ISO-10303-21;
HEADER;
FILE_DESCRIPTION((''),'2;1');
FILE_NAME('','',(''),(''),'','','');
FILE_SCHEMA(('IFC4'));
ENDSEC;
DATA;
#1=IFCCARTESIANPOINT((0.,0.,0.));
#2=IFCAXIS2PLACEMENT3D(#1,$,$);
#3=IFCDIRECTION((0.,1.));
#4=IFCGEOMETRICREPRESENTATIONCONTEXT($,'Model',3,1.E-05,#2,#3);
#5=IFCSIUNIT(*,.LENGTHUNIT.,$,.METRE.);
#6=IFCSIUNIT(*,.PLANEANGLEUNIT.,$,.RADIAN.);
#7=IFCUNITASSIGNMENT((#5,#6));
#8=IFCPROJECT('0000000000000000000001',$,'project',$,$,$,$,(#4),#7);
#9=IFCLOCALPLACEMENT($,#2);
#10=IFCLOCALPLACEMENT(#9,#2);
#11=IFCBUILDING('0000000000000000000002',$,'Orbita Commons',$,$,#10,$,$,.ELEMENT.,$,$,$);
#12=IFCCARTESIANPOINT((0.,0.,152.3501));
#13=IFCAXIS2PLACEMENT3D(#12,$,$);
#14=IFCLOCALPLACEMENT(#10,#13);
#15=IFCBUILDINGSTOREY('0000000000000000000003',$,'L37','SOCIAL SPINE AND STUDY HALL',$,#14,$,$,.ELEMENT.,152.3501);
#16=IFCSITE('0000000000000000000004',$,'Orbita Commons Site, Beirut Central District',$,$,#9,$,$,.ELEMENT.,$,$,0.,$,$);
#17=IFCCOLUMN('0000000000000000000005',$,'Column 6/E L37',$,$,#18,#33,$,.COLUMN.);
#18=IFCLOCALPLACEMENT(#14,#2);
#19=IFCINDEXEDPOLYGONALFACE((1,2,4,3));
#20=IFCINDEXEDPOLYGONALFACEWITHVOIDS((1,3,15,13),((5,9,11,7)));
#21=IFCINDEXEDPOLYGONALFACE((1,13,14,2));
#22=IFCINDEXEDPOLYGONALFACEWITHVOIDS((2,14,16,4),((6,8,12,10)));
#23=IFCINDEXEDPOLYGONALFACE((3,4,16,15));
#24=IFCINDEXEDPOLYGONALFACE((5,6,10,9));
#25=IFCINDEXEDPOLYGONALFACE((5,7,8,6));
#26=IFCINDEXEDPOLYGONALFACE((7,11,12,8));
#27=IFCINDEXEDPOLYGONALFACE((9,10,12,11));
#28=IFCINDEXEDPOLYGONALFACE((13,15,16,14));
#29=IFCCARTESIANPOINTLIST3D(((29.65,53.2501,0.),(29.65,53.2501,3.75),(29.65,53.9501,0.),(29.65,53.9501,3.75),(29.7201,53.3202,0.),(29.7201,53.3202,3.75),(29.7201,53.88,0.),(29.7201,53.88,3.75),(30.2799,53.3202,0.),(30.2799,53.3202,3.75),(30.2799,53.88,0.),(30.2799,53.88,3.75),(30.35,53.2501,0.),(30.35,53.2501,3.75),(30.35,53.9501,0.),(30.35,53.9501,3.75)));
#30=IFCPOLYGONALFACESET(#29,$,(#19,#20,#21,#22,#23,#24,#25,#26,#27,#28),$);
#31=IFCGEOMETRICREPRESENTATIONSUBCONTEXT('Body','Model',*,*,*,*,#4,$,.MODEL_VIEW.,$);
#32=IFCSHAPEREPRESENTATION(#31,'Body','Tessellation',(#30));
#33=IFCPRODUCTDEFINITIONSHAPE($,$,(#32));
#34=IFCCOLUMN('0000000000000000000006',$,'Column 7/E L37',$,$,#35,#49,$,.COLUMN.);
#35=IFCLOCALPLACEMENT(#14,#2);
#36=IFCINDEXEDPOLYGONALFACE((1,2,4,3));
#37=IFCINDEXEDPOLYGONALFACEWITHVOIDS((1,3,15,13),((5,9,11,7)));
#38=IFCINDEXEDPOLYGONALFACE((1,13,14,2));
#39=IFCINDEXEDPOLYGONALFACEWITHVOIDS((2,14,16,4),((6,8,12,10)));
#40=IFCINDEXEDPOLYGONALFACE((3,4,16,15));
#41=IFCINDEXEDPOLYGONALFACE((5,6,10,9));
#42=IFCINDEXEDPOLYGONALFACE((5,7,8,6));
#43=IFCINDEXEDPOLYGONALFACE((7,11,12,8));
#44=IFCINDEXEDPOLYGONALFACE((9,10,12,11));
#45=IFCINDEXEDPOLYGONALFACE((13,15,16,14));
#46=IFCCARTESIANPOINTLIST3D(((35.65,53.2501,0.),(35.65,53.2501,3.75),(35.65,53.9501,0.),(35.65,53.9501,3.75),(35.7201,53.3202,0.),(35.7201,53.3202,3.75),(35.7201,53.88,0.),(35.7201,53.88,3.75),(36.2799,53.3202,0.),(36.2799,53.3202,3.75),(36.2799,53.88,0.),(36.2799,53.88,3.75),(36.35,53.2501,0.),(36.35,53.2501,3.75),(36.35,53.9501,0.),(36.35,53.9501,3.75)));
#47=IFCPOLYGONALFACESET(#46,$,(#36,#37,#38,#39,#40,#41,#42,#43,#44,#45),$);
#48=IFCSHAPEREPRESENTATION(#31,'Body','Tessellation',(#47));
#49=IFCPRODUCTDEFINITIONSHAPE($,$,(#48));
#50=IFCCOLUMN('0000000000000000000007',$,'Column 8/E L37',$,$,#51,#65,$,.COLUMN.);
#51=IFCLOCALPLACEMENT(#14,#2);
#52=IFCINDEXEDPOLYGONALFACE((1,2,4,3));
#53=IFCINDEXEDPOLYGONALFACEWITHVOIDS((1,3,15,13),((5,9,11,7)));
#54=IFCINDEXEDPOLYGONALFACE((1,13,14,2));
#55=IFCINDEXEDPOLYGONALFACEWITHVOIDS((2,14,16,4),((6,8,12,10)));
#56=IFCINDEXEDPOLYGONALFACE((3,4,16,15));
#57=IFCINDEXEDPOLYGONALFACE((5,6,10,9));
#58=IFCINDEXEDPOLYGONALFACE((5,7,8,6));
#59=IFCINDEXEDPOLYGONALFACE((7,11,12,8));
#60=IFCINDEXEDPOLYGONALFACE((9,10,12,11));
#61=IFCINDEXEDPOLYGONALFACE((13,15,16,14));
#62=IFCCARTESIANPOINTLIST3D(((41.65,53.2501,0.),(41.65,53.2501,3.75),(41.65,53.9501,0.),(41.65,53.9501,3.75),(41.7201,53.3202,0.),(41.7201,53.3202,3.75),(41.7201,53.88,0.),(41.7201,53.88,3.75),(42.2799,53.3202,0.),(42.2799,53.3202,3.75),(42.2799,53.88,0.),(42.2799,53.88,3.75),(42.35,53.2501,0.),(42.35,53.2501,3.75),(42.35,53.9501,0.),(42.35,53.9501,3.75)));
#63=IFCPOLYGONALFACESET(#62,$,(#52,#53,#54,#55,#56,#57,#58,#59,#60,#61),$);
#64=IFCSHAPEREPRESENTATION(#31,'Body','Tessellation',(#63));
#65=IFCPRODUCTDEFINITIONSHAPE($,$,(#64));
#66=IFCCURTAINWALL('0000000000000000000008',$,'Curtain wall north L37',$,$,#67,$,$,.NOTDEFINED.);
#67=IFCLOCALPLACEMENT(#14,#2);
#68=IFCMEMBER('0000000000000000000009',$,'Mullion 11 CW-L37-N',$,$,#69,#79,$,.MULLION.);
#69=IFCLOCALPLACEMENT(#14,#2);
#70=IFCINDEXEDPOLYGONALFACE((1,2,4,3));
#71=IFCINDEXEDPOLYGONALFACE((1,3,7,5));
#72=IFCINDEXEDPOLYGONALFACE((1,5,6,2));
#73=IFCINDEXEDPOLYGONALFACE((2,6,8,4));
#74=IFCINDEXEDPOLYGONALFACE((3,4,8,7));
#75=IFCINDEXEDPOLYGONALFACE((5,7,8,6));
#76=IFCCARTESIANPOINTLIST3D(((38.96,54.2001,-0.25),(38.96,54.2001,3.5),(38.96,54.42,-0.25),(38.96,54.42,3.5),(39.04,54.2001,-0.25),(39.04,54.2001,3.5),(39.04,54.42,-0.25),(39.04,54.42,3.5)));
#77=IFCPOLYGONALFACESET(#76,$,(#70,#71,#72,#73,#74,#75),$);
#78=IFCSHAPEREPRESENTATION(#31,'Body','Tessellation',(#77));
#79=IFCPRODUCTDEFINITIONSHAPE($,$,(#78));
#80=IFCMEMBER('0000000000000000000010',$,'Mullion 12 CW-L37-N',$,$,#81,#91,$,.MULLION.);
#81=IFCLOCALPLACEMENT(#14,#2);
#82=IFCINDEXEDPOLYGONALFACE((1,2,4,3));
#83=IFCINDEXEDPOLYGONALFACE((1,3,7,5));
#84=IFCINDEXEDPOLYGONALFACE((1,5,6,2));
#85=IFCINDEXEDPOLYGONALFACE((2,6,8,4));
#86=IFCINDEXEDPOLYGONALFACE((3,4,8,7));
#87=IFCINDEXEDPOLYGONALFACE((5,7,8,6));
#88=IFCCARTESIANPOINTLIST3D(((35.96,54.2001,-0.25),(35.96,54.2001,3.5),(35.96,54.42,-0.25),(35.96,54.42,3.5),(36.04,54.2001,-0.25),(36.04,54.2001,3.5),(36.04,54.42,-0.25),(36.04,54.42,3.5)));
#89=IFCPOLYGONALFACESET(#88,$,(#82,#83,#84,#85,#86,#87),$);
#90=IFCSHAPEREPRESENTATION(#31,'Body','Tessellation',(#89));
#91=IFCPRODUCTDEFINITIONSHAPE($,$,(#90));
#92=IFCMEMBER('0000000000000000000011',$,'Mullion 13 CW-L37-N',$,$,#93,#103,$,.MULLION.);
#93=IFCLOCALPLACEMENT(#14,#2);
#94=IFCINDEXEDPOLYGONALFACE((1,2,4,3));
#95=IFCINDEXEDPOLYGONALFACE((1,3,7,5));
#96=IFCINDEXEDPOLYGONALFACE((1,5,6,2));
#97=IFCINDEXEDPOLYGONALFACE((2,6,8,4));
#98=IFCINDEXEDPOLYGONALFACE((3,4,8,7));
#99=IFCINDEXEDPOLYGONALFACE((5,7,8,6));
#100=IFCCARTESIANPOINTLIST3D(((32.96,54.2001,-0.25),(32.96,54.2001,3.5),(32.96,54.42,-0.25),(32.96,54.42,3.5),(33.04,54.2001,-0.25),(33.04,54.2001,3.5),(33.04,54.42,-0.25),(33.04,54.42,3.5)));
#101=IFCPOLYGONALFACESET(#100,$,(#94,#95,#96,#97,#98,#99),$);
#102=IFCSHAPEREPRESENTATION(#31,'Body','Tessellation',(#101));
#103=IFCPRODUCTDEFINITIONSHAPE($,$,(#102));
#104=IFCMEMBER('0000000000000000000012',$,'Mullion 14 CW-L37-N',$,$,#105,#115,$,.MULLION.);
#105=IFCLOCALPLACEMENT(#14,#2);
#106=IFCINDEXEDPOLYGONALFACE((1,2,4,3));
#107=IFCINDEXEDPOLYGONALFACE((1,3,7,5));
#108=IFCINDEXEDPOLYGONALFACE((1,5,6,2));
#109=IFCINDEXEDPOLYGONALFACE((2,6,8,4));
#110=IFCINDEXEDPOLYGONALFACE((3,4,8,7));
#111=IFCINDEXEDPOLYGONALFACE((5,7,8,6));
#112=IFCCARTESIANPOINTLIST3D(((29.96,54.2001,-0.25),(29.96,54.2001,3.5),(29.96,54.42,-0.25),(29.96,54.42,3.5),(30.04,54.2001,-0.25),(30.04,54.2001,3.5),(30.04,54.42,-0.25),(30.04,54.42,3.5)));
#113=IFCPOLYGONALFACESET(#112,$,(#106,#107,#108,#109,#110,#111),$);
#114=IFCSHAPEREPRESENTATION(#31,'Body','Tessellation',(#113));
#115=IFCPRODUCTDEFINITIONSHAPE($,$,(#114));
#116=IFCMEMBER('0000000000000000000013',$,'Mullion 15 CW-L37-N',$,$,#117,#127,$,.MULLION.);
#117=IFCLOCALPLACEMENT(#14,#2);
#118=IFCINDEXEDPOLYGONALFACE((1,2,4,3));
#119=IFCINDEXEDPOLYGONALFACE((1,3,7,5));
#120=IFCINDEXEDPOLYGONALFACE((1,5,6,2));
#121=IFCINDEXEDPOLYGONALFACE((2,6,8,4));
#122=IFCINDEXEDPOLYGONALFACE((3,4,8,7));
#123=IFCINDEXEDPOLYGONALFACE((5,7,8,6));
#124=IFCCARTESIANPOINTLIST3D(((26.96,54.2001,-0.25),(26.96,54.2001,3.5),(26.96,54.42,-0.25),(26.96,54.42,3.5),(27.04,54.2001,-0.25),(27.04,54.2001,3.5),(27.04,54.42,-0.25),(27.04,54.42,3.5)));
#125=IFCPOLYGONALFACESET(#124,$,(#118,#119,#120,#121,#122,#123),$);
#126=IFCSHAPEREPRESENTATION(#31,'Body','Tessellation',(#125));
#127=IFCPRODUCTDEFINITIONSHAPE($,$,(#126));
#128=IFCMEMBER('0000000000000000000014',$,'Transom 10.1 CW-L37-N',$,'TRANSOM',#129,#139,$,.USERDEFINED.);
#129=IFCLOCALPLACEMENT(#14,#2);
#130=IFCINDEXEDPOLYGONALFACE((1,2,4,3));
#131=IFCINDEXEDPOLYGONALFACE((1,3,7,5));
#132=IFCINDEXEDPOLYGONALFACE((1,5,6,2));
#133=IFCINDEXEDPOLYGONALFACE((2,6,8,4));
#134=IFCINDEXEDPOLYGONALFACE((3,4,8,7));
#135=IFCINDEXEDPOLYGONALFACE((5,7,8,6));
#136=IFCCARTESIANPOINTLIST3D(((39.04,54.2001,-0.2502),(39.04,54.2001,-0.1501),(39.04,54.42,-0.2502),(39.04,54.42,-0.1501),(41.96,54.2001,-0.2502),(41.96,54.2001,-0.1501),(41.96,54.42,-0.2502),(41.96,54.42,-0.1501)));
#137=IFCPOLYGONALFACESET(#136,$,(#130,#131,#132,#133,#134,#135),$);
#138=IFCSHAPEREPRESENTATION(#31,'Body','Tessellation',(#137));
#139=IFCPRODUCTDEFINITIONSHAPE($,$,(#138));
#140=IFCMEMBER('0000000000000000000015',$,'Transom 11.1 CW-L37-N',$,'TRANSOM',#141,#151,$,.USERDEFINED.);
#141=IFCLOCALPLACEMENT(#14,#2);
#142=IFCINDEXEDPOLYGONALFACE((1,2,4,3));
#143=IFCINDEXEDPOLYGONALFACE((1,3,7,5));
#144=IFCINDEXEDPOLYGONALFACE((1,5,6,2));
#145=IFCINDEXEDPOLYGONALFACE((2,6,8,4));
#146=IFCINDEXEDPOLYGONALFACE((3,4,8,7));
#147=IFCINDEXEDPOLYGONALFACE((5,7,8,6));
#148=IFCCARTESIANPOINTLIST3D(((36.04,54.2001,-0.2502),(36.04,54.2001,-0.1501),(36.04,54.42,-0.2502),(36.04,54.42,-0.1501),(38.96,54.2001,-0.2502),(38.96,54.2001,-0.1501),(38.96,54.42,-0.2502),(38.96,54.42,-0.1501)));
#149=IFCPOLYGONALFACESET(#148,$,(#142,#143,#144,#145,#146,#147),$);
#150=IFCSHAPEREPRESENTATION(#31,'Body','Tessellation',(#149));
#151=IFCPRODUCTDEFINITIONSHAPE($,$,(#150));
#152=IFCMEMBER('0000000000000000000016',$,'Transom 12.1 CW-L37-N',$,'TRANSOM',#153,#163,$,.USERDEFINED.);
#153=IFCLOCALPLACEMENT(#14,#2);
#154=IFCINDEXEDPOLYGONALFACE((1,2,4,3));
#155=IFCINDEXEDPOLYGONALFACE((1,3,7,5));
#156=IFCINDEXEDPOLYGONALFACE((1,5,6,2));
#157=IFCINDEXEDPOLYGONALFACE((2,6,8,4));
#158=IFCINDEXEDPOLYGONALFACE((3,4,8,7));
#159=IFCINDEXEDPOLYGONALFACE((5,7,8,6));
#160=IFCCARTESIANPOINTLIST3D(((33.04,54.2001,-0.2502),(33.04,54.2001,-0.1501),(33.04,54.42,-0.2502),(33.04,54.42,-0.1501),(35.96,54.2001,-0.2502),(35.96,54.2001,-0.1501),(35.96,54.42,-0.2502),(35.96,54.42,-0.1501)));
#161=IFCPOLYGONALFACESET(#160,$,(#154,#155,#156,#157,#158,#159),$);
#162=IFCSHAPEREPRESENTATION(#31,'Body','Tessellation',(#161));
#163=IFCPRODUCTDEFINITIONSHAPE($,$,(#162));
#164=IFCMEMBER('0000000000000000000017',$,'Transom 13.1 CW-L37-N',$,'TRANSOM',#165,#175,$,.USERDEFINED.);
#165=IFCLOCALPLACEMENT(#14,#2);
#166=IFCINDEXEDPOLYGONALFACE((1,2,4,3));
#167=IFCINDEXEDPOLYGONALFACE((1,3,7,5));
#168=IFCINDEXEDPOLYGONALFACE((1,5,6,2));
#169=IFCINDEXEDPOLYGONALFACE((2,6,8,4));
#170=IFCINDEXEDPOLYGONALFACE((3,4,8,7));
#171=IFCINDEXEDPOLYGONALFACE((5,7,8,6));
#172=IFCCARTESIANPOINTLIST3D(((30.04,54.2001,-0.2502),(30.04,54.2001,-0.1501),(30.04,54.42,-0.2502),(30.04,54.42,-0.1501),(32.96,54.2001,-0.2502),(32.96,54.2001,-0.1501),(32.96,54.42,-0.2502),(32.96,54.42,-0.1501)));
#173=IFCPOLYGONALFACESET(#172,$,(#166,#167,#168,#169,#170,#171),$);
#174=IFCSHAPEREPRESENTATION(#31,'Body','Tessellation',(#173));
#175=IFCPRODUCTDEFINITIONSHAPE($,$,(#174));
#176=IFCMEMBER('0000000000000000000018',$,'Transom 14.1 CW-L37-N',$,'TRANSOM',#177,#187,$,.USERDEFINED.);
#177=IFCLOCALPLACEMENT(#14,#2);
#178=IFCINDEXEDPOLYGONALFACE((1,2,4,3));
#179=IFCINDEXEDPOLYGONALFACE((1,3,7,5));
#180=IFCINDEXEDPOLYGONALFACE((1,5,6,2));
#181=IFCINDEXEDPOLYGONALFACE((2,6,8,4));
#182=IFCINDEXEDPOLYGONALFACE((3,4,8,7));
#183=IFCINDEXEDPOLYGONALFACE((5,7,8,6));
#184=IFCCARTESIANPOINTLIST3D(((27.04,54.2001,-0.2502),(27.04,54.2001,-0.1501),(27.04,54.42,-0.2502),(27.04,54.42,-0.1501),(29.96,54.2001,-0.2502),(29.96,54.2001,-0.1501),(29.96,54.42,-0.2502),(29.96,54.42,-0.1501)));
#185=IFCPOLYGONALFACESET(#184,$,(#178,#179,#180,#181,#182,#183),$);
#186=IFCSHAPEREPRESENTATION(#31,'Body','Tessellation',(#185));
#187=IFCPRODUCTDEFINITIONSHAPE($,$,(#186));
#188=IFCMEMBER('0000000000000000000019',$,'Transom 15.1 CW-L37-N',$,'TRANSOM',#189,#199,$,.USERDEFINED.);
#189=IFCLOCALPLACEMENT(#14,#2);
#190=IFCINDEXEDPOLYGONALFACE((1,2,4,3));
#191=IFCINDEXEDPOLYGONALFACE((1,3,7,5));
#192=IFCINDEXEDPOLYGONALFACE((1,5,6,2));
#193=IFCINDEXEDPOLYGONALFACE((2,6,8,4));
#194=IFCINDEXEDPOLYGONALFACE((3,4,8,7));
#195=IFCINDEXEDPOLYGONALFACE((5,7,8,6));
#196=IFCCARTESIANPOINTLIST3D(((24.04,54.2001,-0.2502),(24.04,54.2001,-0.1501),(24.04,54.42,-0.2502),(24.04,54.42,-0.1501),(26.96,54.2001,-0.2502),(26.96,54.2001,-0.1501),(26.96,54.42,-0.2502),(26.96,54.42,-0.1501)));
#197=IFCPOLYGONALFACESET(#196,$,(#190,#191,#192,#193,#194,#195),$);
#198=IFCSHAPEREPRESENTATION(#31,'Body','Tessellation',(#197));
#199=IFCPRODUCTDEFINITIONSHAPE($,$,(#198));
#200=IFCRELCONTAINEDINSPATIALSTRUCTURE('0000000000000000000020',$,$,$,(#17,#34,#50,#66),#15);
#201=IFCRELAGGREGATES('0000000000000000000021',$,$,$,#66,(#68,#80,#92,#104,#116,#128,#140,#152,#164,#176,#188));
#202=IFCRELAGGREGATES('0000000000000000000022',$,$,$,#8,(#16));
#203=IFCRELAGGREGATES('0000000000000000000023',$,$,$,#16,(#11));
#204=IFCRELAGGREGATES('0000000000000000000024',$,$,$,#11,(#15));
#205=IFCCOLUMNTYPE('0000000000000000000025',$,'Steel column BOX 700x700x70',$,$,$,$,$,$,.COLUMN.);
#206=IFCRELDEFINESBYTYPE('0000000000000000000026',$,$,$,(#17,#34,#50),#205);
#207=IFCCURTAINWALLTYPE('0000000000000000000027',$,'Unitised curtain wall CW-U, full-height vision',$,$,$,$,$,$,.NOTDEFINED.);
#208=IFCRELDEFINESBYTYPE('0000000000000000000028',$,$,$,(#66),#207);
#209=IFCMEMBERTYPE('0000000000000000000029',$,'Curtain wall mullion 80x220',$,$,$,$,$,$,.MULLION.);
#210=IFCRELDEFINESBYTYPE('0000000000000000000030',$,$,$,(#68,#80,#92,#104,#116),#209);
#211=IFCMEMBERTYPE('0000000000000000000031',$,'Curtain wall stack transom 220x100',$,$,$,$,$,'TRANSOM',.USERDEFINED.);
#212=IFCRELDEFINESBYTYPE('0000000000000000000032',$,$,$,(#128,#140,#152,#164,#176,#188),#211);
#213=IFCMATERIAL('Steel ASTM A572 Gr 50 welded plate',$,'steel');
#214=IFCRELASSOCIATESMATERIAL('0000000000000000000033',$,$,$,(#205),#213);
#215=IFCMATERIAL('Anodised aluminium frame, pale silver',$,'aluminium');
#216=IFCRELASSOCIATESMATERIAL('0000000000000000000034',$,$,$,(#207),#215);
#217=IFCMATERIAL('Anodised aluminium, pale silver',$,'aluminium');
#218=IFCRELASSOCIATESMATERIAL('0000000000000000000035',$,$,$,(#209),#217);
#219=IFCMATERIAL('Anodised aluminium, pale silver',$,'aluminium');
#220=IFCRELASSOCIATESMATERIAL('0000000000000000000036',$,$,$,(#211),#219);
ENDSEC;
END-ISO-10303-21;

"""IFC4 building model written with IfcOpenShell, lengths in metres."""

from ifc_helpers import new_model, si_unit, direction, frame, origin, origin_2d, place, context, subcontext, project, spatial, rectangle, hollow_rectangle, extrude, material, material_profile, profile_set, type_object, element, aggregate, save


model = new_model("IFC4")

# Units and contexts
model_context = context("Model", 3, precision=1e-05, world=origin(), true_north=direction((0.0, 1.0)))
body_context = subcontext(model_context, "Body", "Model", "MODEL_VIEW")
ifc_project = project(units=[si_unit("LENGTHUNIT", "METRE"), si_unit("PLANEANGLEUNIT", "RADIAN")], contexts=[model_context])

# Site, building, storey
site_placement = place(None, origin())
site = spatial("IfcSite", under=ifc_project, at=site_placement, Name="Orbita Commons Site, Beirut Central District", CompositionType="ELEMENT", RefElevation=0.0)
building_placement = place(site_placement, origin())
building = spatial("IfcBuilding", under=site, at=building_placement, Name="Orbita Commons", CompositionType="ELEMENT")
storey_placement = place(building_placement, frame((0.0, 0.0, 152.3501)))
storey = spatial("IfcBuildingStorey", under=building, at=storey_placement, Name="L37", Description="SOCIAL SPINE AND STUDY HALL", CompositionType="ELEMENT", Elevation=152.3501)

# Columns
ifc_material_1 = material(Name="Steel ASTM A572 Gr 50 welded plate", Category="steel")
ifc_material_profile_1 = material_profile(ifc_material_1, hollow_rectangle(XDim=0.7, YDim=0.7, WallThickness=0.0701, at=origin_2d()), Name="BOX 700x700x70")
ifc_profile_set_1 = profile_set([ifc_material_profile_1], Name="Steel ASTM A572 Gr 50 welded plate")
column_type = type_object("IfcColumnType", Name="Steel column BOX 700x700x70", PredefinedType="COLUMN", material=ifc_profile_set_1)
for number, where, z_axis, x_axis, name in (
    (1, (30.0, 53.6001, 0.0), (0.0, 0.0, 1.0), (1.0, 0.0, 0.0), "Column 6/E L37"),
    (2, (36.0, 53.6001, 0.0), (0.0, 0.0, 1.0), (1.0, 0.0, 0.0), "Column 7/E L37"),
    (3, (42.0, 53.6001, 0.0), (0.0, 0.0, 1.0), (1.0, 0.0, 0.0), "Column 8/E L37"),
):
    element("IfcColumn", number, at=place(storey_placement, frame(where, z_axis=z_axis, x_axis=x_axis)), inside=storey, type_object=column_type, Name=name, PredefinedType="COLUMN", context=body_context, shape_type="SweptSolid", body=[
        extrude(hollow_rectangle(XDim=0.7, YDim=0.7, WallThickness=0.0701, at=origin_2d()), origin(), (0.0, 0.0, 1.0), 3.75),
    ])

# Curtain wall, members
ifc_material_2 = material(Name="Anodised aluminium frame, pale silver", Category="aluminium")
curtain_wall_type = type_object("IfcCurtainWallType", Name="Unitised curtain wall CW-U, full-height vision", PredefinedType="NOTDEFINED", material=ifc_material_2)
curtain_wall_placement = place(storey_placement, origin())
curtain_wall = element("IfcCurtainWall", 4, at=curtain_wall_placement, inside=storey, type_object=curtain_wall_type, Name="Curtain wall north L37", PredefinedType="NOTDEFINED")
ifc_material_3 = material(Name="Anodised aluminium, pale silver", Category="aluminium")
ifc_material_profile_2 = material_profile(ifc_material_3, rectangle(XDim=0.0801, YDim=0.22, at=origin_2d()), Name="AL 80x220")
ifc_profile_set_2 = profile_set([ifc_material_profile_2], Name="Anodised aluminium, pale silver")
member_type_1 = type_object("IfcMemberType", Name="Curtain wall mullion 80x220", PredefinedType="MULLION", material=ifc_profile_set_2)
member_1_placement = place(storey_placement, frame((39.0, 54.3101, -0.25), z_axis=(0.0, 0.0, 1.0), x_axis=(-1.0, 0.0, 0.0)))
member_1 = element("IfcMember", 5, at=member_1_placement, type_object=member_type_1, Name="Mullion 11 CW-L37-N", PredefinedType="MULLION", context=body_context, shape_type="SweptSolid", body=[
    extrude(rectangle(XDim=0.0801, YDim=0.22, at=origin_2d()), origin(), (0.0, 0.0, 1.0), 3.75),
])
member_2_placement = place(storey_placement, frame((36.0, 54.3101, -0.25), z_axis=(0.0, 0.0, 1.0), x_axis=(-1.0, 0.0, 0.0)))
member_2 = element("IfcMember", 6, at=member_2_placement, type_object=member_type_1, Name="Mullion 12 CW-L37-N", PredefinedType="MULLION", context=body_context, shape_type="SweptSolid", body=[
    extrude(rectangle(XDim=0.0801, YDim=0.22, at=origin_2d()), origin(), (0.0, 0.0, 1.0), 3.75),
])
member_3_placement = place(storey_placement, frame((33.0, 54.3101, -0.25), z_axis=(0.0, 0.0, 1.0), x_axis=(-1.0, 0.0, 0.0)))
member_3 = element("IfcMember", 7, at=member_3_placement, type_object=member_type_1, Name="Mullion 13 CW-L37-N", PredefinedType="MULLION", context=body_context, shape_type="SweptSolid", body=[
    extrude(rectangle(XDim=0.0801, YDim=0.22, at=origin_2d()), origin(), (0.0, 0.0, 1.0), 3.75),
])
member_4_placement = place(storey_placement, frame((30.0, 54.3101, -0.25), z_axis=(0.0, 0.0, 1.0), x_axis=(-1.0, 0.0, 0.0)))
member_4 = element("IfcMember", 8, at=member_4_placement, type_object=member_type_1, Name="Mullion 14 CW-L37-N", PredefinedType="MULLION", context=body_context, shape_type="SweptSolid", body=[
    extrude(rectangle(XDim=0.0801, YDim=0.22, at=origin_2d()), origin(), (0.0, 0.0, 1.0), 3.75),
])
member_5_placement = place(storey_placement, frame((27.0, 54.3101, -0.25), z_axis=(0.0, 0.0, 1.0), x_axis=(-1.0, 0.0, 0.0)))
member_5 = element("IfcMember", 9, at=member_5_placement, type_object=member_type_1, Name="Mullion 15 CW-L37-N", PredefinedType="MULLION", context=body_context, shape_type="SweptSolid", body=[
    extrude(rectangle(XDim=0.0801, YDim=0.22, at=origin_2d()), origin(), (0.0, 0.0, 1.0), 3.75),
])
ifc_material_4 = material(Name="Anodised aluminium, pale silver", Category="aluminium")
ifc_material_profile_3 = material_profile(ifc_material_4, rectangle(XDim=0.22, YDim=0.1001, at=origin_2d()), Name="AL 220x100")
ifc_profile_set_3 = profile_set([ifc_material_profile_3], Name="Anodised aluminium, pale silver")
member_type_2 = type_object("IfcMemberType", Name="Curtain wall stack transom 220x100", ElementType="TRANSOM", PredefinedType="USERDEFINED", material=ifc_profile_set_3)
member_6_placement = place(storey_placement, frame((41.96, 54.3101, -0.2002), z_axis=(-1.0, 0.0, 0.0), x_axis=(0.0, -1.0, 0.0)))
member_6 = element("IfcMember", 10, at=member_6_placement, type_object=member_type_2, Name="Transom 10.1 CW-L37-N", ObjectType="TRANSOM", PredefinedType="USERDEFINED", context=body_context, shape_type="SweptSolid", body=[
    extrude(rectangle(XDim=0.22, YDim=0.1001, at=origin_2d()), origin(), (0.0, 0.0, 1.0), 2.9199),
])
member_7_placement = place(storey_placement, frame((38.96, 54.3101, -0.2002), z_axis=(-1.0, 0.0, 0.0), x_axis=(0.0, -1.0, 0.0)))
member_7 = element("IfcMember", 11, at=member_7_placement, type_object=member_type_2, Name="Transom 11.1 CW-L37-N", ObjectType="TRANSOM", PredefinedType="USERDEFINED", context=body_context, shape_type="SweptSolid", body=[
    extrude(rectangle(XDim=0.22, YDim=0.1001, at=origin_2d()), origin(), (0.0, 0.0, 1.0), 2.9199),
])
member_8_placement = place(storey_placement, frame((35.96, 54.3101, -0.2002), z_axis=(-1.0, 0.0, 0.0), x_axis=(0.0, -1.0, 0.0)))
member_8 = element("IfcMember", 12, at=member_8_placement, type_object=member_type_2, Name="Transom 12.1 CW-L37-N", ObjectType="TRANSOM", PredefinedType="USERDEFINED", context=body_context, shape_type="SweptSolid", body=[
    extrude(rectangle(XDim=0.22, YDim=0.1001, at=origin_2d()), origin(), (0.0, 0.0, 1.0), 2.9199),
])
member_9_placement = place(storey_placement, frame((32.96, 54.3101, -0.2002), z_axis=(-1.0, 0.0, 0.0), x_axis=(0.0, -1.0, 0.0)))
member_9 = element("IfcMember", 13, at=member_9_placement, type_object=member_type_2, Name="Transom 13.1 CW-L37-N", ObjectType="TRANSOM", PredefinedType="USERDEFINED", context=body_context, shape_type="SweptSolid", body=[
    extrude(rectangle(XDim=0.22, YDim=0.1001, at=origin_2d()), origin(), (0.0, 0.0, 1.0), 2.9199),
])
member_10_placement = place(storey_placement, frame((29.96, 54.3101, -0.2002), z_axis=(-1.0, 0.0, 0.0), x_axis=(0.0, -1.0, 0.0)))
member_10 = element("IfcMember", 14, at=member_10_placement, type_object=member_type_2, Name="Transom 14.1 CW-L37-N", ObjectType="TRANSOM", PredefinedType="USERDEFINED", context=body_context, shape_type="SweptSolid", body=[
    extrude(rectangle(XDim=0.22, YDim=0.1001, at=origin_2d()), origin(), (0.0, 0.0, 1.0), 2.9199),
])
member_11_placement = place(storey_placement, frame((26.96, 54.3101, -0.2002), z_axis=(-1.0, 0.0, 0.0), x_axis=(0.0, -1.0, 0.0)))
member_11 = element("IfcMember", 15, at=member_11_placement, type_object=member_type_2, Name="Transom 15.1 CW-L37-N", ObjectType="TRANSOM", PredefinedType="USERDEFINED", context=body_context, shape_type="SweptSolid", body=[
    extrude(rectangle(XDim=0.22, YDim=0.1001, at=origin_2d()), origin(), (0.0, 0.0, 1.0), 2.9199),
])

aggregate(curtain_wall, [member_1, member_2, member_3, member_4, member_5, member_6, member_7, member_8, member_9, member_10, member_11])

save(model, "model.ifc")
